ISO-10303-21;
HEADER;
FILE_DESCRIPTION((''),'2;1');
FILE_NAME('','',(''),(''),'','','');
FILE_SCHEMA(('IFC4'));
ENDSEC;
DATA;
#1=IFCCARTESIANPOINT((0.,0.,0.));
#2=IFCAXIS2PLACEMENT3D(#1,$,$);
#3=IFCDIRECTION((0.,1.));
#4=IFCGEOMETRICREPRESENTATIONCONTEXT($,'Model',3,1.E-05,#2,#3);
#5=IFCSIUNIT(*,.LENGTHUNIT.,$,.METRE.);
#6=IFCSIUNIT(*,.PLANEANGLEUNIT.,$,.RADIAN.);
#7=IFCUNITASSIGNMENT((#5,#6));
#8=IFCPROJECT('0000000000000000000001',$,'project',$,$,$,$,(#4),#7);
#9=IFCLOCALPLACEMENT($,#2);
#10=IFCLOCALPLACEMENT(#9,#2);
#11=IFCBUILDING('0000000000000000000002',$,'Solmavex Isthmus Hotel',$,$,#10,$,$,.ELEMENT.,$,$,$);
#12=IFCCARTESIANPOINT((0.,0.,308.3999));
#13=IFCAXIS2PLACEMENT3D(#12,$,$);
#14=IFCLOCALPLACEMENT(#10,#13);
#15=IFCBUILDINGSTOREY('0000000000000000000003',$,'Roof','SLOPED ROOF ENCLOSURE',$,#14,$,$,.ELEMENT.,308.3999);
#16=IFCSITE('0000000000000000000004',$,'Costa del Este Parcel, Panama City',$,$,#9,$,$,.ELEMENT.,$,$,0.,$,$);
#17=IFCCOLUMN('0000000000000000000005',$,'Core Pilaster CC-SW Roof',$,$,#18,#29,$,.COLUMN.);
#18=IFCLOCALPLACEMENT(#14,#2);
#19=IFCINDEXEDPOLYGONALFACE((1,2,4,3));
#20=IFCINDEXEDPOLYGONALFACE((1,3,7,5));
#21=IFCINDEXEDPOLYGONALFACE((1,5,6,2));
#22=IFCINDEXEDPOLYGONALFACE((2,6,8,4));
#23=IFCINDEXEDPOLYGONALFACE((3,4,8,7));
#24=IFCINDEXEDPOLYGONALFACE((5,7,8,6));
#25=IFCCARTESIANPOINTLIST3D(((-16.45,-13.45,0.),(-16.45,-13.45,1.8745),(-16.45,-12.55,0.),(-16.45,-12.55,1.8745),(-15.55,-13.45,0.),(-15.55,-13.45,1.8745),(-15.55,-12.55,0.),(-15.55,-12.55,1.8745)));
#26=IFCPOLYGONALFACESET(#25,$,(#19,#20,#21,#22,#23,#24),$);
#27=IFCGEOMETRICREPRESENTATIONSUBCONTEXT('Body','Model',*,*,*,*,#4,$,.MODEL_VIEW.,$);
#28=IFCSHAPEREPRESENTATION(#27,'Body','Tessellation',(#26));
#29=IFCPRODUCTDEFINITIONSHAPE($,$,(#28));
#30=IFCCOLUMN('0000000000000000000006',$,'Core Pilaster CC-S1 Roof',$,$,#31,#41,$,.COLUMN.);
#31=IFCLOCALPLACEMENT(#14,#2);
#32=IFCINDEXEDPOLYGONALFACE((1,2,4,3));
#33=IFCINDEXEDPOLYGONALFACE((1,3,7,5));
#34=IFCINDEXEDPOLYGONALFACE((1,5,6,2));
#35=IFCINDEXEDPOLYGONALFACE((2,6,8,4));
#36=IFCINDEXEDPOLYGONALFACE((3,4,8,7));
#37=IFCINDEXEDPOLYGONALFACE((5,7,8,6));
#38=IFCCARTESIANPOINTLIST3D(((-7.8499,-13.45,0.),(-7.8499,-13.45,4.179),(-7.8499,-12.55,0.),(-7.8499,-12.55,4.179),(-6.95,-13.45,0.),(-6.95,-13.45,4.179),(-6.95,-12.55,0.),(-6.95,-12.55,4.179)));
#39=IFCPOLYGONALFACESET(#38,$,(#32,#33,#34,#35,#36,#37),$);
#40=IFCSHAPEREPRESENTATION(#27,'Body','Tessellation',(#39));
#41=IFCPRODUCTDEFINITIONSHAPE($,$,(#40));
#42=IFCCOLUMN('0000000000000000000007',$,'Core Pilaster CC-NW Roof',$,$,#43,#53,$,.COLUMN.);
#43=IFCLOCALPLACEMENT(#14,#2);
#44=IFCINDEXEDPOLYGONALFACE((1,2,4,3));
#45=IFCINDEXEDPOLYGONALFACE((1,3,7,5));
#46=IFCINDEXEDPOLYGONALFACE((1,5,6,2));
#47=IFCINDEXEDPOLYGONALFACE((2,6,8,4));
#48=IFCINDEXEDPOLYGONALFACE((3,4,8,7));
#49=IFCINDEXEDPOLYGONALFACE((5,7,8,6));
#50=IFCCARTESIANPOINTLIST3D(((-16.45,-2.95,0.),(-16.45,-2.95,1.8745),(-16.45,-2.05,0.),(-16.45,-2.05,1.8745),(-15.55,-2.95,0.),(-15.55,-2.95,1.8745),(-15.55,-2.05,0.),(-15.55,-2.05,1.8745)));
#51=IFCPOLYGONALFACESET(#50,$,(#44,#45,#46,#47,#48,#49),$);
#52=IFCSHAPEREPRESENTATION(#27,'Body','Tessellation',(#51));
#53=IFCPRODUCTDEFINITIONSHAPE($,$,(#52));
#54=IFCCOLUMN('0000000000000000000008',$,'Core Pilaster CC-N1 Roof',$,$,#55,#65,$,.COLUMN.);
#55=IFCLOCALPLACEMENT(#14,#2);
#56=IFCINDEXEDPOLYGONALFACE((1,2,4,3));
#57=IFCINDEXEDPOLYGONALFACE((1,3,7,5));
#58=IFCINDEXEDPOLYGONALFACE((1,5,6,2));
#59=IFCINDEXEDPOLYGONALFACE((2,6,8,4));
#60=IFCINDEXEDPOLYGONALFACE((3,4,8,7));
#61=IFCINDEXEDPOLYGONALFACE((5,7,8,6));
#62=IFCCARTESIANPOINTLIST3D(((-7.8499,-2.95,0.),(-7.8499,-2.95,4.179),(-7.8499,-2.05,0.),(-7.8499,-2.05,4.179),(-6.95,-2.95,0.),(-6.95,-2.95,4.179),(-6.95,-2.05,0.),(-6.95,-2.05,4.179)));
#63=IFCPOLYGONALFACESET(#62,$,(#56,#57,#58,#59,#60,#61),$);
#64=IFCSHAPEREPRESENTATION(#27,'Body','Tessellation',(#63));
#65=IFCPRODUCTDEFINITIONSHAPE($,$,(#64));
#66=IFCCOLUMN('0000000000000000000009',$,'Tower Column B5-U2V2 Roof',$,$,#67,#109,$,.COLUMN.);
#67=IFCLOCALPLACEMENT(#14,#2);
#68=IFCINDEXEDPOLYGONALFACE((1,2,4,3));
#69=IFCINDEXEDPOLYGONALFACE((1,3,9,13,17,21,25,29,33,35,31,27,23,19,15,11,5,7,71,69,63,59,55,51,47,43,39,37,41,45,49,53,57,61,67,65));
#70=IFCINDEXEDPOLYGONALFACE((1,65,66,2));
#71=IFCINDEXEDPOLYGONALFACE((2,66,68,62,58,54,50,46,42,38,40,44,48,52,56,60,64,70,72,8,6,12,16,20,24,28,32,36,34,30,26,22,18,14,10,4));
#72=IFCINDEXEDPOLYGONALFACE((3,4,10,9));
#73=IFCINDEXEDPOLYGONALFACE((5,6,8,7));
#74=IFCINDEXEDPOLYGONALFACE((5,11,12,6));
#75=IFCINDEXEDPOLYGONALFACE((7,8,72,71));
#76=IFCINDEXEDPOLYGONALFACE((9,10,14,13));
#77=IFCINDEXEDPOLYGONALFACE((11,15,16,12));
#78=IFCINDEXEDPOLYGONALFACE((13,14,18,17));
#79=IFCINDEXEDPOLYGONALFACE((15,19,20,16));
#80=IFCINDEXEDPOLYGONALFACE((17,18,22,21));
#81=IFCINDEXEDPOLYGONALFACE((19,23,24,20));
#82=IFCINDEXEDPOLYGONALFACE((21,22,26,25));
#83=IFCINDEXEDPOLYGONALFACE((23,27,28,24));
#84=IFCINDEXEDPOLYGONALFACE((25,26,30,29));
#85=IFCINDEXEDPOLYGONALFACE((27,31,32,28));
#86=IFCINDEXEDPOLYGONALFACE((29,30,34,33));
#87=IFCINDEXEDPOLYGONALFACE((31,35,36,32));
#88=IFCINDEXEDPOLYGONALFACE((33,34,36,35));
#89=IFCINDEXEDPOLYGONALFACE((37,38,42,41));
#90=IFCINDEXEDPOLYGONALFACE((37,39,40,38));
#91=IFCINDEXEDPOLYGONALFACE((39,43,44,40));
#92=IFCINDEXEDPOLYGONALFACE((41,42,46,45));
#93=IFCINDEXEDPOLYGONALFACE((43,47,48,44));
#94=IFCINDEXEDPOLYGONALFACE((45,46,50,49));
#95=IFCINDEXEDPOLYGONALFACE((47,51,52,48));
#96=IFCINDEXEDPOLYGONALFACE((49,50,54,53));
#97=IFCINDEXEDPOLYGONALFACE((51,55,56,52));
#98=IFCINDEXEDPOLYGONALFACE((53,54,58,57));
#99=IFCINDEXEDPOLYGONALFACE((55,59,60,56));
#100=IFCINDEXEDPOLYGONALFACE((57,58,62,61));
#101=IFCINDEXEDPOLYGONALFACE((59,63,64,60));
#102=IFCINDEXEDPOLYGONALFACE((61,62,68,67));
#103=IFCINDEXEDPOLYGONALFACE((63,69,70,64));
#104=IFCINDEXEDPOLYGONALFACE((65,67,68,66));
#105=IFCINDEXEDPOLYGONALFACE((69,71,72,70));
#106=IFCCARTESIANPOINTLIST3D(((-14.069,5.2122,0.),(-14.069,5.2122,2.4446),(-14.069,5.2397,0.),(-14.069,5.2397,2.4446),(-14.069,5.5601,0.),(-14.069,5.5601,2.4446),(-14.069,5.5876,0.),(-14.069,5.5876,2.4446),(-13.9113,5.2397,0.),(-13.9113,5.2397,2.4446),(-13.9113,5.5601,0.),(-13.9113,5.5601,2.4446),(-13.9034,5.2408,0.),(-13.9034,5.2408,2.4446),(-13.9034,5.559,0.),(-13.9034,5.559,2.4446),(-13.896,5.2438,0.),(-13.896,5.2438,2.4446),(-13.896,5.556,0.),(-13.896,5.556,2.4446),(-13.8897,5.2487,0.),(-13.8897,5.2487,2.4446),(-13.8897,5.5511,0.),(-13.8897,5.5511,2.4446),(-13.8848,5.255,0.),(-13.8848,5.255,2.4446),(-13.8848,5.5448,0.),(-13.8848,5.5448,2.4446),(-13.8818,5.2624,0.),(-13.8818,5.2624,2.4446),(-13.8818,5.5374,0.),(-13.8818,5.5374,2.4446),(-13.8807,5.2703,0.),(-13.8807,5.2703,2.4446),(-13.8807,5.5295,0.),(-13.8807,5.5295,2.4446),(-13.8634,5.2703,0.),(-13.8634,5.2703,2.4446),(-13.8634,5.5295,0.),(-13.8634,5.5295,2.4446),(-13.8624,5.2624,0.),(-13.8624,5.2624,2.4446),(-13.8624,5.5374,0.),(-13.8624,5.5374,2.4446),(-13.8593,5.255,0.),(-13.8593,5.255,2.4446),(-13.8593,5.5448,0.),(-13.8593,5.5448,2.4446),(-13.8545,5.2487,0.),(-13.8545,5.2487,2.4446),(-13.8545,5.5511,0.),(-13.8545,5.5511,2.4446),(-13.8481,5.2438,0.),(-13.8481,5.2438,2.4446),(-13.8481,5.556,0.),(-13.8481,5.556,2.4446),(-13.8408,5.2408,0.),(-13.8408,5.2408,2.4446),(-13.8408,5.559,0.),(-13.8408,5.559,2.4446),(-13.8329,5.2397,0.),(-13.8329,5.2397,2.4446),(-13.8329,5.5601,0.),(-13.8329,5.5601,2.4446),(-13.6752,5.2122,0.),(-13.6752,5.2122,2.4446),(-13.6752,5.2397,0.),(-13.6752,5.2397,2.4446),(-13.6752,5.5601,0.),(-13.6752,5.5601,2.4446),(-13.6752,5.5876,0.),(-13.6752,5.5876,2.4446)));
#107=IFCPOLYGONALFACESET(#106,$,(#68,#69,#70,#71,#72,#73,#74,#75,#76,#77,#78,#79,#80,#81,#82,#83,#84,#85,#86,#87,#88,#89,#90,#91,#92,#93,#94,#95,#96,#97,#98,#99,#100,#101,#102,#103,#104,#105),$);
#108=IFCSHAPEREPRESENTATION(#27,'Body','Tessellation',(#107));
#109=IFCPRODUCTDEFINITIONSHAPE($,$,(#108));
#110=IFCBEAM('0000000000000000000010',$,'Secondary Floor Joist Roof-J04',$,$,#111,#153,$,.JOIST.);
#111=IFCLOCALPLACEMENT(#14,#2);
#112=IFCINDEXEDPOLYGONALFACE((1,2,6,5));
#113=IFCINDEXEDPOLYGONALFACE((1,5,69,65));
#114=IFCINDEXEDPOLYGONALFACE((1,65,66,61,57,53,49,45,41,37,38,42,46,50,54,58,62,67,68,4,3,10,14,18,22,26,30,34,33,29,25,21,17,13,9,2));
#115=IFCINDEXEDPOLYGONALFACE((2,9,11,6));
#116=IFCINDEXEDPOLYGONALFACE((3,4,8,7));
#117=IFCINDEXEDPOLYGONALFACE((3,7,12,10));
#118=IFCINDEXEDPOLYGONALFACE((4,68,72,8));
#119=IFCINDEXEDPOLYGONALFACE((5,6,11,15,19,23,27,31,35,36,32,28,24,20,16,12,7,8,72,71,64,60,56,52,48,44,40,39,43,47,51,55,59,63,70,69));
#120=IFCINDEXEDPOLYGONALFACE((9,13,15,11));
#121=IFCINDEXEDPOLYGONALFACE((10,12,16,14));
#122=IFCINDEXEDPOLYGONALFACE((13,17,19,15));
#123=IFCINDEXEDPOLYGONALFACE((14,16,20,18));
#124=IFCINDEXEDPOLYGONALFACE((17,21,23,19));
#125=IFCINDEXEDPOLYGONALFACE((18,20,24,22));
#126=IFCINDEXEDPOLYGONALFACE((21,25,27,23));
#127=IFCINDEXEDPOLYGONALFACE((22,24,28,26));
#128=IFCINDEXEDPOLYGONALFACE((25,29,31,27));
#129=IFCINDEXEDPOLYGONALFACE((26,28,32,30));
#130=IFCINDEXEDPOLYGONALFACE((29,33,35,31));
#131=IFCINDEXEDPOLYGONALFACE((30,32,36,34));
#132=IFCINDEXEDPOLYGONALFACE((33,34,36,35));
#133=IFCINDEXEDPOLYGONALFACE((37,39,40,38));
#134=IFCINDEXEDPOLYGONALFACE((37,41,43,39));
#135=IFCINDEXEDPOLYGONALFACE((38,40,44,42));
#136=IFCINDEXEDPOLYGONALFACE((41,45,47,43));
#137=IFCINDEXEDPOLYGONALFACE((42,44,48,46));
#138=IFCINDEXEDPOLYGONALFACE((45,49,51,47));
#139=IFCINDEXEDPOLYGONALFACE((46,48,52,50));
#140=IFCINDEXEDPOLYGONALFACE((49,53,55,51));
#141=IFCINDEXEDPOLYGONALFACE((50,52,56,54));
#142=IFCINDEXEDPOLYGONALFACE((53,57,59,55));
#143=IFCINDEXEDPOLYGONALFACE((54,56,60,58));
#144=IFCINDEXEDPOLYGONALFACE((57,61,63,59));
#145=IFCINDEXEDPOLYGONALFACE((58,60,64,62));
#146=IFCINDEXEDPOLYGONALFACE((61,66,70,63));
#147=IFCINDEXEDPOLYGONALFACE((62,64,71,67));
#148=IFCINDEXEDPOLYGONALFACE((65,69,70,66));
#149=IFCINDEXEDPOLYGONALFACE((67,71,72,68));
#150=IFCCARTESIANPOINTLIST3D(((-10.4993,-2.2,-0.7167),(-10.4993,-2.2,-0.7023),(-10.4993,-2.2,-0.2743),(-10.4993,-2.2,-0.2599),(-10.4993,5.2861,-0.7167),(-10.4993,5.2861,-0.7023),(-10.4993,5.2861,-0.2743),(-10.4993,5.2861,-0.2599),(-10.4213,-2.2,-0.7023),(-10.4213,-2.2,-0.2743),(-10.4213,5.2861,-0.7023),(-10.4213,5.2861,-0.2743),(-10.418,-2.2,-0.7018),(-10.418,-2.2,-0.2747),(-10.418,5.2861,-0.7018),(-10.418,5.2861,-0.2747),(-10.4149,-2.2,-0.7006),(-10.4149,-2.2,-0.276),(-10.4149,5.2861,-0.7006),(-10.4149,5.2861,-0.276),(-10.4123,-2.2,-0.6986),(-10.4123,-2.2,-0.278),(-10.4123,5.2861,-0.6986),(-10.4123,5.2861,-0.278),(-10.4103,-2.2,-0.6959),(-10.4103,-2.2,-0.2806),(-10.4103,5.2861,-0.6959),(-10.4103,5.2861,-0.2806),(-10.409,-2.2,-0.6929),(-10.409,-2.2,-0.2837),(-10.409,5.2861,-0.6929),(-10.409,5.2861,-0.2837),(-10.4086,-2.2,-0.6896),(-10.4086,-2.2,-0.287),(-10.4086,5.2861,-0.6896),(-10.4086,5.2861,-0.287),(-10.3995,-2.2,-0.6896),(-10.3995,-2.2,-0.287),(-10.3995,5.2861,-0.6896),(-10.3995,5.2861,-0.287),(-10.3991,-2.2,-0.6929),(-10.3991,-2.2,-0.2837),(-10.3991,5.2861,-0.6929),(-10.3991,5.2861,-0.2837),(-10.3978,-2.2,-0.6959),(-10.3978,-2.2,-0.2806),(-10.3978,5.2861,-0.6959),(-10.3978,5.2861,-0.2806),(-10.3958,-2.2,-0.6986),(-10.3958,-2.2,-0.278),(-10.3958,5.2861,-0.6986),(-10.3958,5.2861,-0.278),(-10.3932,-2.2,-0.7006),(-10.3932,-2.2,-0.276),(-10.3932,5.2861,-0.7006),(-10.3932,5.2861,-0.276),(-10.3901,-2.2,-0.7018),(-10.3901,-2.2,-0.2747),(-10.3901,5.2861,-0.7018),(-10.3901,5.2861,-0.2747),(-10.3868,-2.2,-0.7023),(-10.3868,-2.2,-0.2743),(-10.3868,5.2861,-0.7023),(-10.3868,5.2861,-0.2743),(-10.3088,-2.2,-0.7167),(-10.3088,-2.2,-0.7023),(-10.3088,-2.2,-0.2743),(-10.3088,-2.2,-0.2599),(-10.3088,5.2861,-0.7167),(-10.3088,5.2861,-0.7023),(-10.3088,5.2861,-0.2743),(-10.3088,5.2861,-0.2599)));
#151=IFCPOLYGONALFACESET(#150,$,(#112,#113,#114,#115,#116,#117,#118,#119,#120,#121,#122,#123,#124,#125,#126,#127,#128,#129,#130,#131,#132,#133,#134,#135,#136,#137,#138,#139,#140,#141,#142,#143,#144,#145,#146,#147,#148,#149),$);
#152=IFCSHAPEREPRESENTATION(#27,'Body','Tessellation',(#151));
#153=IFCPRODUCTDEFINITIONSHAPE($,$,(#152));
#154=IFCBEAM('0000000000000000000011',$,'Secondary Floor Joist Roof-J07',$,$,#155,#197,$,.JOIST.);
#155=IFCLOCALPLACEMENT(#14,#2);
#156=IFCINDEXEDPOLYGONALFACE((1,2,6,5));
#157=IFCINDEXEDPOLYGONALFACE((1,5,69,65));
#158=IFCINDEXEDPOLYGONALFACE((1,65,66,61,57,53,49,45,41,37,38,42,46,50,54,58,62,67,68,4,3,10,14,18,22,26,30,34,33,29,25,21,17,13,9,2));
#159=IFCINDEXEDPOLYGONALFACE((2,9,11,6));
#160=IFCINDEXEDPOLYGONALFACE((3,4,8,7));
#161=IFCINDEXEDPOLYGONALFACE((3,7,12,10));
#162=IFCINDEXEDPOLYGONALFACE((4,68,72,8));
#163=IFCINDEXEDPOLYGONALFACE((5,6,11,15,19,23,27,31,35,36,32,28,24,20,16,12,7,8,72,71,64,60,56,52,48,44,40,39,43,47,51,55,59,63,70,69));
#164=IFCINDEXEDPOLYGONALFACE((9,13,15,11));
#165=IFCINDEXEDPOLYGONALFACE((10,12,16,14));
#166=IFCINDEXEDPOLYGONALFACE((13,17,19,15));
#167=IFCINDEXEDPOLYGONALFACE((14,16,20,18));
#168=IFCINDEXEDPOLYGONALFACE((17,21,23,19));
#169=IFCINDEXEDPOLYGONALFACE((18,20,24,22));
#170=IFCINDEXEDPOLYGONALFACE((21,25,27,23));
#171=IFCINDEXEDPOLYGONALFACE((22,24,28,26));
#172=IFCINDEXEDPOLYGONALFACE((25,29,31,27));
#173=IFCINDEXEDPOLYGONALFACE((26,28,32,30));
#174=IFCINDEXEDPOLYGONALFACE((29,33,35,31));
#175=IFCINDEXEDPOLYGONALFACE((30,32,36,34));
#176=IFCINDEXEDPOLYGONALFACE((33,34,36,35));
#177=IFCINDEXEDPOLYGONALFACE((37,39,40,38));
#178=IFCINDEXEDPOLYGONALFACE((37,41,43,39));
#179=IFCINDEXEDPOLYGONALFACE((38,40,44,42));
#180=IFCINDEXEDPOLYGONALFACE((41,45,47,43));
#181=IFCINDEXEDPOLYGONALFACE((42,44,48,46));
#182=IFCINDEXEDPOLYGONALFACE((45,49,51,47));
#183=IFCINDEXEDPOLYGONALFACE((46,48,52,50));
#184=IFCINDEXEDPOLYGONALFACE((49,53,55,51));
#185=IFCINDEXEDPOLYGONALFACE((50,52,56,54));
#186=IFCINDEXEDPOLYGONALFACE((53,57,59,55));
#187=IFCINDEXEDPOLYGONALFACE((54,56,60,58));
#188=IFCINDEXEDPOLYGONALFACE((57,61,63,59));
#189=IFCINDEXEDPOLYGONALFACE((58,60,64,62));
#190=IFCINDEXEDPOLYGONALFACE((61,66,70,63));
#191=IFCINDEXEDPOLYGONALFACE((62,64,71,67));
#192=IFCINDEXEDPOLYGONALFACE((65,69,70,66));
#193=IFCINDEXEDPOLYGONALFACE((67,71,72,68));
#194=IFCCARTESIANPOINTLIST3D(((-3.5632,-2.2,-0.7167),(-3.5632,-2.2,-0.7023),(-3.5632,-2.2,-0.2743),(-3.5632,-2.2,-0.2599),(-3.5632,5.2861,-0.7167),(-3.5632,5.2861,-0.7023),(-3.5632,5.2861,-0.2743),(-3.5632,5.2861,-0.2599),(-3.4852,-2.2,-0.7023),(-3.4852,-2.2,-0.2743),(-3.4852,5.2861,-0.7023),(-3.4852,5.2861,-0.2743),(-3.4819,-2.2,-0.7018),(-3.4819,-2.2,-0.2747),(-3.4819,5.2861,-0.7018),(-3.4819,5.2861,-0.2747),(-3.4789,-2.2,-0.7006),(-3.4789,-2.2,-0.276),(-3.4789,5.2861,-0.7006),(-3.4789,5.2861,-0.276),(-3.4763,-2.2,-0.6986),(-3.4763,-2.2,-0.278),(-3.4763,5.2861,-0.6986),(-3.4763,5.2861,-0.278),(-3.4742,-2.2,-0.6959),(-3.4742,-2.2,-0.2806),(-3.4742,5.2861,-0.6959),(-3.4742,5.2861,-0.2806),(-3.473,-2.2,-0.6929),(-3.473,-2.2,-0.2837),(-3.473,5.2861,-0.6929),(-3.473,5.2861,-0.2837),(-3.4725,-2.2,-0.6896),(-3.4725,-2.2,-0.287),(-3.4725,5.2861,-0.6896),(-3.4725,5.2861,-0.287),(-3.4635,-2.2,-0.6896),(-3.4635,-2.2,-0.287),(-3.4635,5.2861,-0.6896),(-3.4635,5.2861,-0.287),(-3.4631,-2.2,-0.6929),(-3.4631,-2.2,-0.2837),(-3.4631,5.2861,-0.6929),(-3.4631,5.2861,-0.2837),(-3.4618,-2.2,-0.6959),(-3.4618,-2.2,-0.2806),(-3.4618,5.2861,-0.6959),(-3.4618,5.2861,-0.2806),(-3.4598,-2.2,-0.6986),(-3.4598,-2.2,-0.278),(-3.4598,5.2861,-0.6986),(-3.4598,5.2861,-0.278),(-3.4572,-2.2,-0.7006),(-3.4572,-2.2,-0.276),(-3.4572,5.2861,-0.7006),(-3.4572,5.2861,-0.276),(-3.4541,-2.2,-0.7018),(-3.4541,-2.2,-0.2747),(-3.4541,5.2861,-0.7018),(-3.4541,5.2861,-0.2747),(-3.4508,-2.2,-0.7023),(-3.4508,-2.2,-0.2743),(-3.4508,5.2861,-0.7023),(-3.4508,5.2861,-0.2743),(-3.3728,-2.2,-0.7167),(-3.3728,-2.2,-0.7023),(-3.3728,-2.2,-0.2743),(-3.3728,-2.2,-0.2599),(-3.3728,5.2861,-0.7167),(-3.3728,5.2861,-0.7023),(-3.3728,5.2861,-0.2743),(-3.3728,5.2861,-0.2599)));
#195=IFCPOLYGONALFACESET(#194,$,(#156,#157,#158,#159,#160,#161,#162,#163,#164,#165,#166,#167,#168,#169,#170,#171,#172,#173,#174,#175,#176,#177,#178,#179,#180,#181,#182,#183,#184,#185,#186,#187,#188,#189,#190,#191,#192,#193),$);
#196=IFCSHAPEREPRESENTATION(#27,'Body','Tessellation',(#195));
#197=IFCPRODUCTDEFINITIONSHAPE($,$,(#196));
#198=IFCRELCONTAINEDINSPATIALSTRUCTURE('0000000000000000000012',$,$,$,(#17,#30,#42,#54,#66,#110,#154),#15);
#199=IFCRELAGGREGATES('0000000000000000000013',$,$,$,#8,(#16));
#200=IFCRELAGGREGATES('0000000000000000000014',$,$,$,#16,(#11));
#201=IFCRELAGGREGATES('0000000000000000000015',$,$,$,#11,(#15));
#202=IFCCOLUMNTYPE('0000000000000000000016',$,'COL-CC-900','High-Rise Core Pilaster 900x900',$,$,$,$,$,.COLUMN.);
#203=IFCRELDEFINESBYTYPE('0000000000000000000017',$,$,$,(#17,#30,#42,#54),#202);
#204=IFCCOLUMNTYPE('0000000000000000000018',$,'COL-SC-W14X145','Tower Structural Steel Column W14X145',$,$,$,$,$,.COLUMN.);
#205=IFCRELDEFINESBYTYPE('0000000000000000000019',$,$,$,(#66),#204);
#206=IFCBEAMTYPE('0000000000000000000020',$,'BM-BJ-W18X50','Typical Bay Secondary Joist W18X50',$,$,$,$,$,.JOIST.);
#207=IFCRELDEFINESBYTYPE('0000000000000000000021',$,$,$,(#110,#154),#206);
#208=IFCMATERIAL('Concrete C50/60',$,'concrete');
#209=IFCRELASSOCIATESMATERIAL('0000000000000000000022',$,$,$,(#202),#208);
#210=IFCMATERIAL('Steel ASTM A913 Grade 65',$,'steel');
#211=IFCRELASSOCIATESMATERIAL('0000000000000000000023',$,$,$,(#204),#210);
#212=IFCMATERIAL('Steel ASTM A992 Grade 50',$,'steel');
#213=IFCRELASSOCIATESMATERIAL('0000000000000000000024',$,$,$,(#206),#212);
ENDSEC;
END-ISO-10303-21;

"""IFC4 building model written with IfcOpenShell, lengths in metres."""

from ifc_helpers import new_model, si_unit, direction, frame, origin, origin_2d, place, context, subcontext, project, spatial, rectangle, i_section, extrude, material, material_profile, profile_set, type_object, element, save


model = new_model("IFC4")

# Units and contexts
model_context = context("Model", 3, precision=1e-05, world=origin(), true_north=direction((0.0, 1.0)))
body_context = subcontext(model_context, "Body", "Model", "MODEL_VIEW")
ifc_project = project(units=[si_unit("LENGTHUNIT", "METRE"), si_unit("PLANEANGLEUNIT", "RADIAN")], contexts=[model_context])

# Site, building, storey
site_placement = place(None, origin())
site = spatial("IfcSite", under=ifc_project, at=site_placement, Name="Costa del Este Parcel, Panama City", CompositionType="ELEMENT", RefElevation=0.0)
building_placement = place(site_placement, origin())
building = spatial("IfcBuilding", under=site, at=building_placement, Name="Solmavex Isthmus Hotel", CompositionType="ELEMENT")
storey_placement = place(building_placement, frame((0.0, 0.0, 308.3999)))
storey = spatial("IfcBuildingStorey", under=building, at=storey_placement, Name="Roof", Description="SLOPED ROOF ENCLOSURE", CompositionType="ELEMENT", Elevation=308.3999)

# Columns
ifc_material_1 = material(Name="Concrete C50/60", Category="concrete")
ifc_material_profile_1 = material_profile(ifc_material_1, rectangle(XDim=0.8999, YDim=0.8999, at=origin_2d()), Name="RC900X900")
ifc_profile_set_1 = profile_set([ifc_material_profile_1], Name="Concrete C50/60")
column_type_1 = type_object("IfcColumnType", Name="COL-CC-900", Description="High-Rise Core Pilaster 900x900", PredefinedType="COLUMN", material=ifc_profile_set_1)
column_1_placement = place(storey_placement, frame((-16.0, -13.0, 0.0), z_axis=(0.0, 0.0, 1.0), x_axis=(1.0, 0.0, 0.0)))
element("IfcColumn", 1, at=column_1_placement, inside=storey, type_object=column_type_1, Name="Core Pilaster CC-SW Roof", PredefinedType="COLUMN", context=body_context, shape_type="SweptSolid", body=[
    extrude(rectangle(XDim=0.8999, YDim=0.8999, at=origin_2d()), origin(), (0.0, 0.0, 1.0), 1.8745),
])
column_2_placement = place(storey_placement, frame((-7.3999, -13.0, 0.0), z_axis=(0.0, 0.0, 1.0), x_axis=(1.0, 0.0, 0.0)))
element("IfcColumn", 2, at=column_2_placement, inside=storey, type_object=column_type_1, Name="Core Pilaster CC-S1 Roof", PredefinedType="COLUMN", context=body_context, shape_type="SweptSolid", body=[
    extrude(rectangle(XDim=0.8999, YDim=0.8999, at=origin_2d()), origin(), (0.0, 0.0, 1.0), 4.179),
])
column_3_placement = place(storey_placement, frame((-16.0, -2.5, 0.0), z_axis=(0.0, 0.0, 1.0), x_axis=(1.0, 0.0, 0.0)))
element("IfcColumn", 3, at=column_3_placement, inside=storey, type_object=column_type_1, Name="Core Pilaster CC-NW Roof", PredefinedType="COLUMN", context=body_context, shape_type="SweptSolid", body=[
    extrude(rectangle(XDim=0.8999, YDim=0.8999, at=origin_2d()), origin(), (0.0, 0.0, 1.0), 1.8745),
])
column_4_placement = place(storey_placement, frame((-7.3999, -2.5, 0.0), z_axis=(0.0, 0.0, 1.0), x_axis=(1.0, 0.0, 0.0)))
element("IfcColumn", 4, at=column_4_placement, inside=storey, type_object=column_type_1, Name="Core Pilaster CC-N1 Roof", PredefinedType="COLUMN", context=body_context, shape_type="SweptSolid", body=[
    extrude(rectangle(XDim=0.8999, YDim=0.8999, at=origin_2d()), origin(), (0.0, 0.0, 1.0), 4.179),
])
ifc_material_2 = material(Name="Steel ASTM A913 Grade 65", Category="steel")
ifc_material_profile_2 = material_profile(ifc_material_2, i_section(OverallWidth=0.3938, OverallDepth=0.3755, WebThickness=0.0173, FlangeThickness=0.0276, FilletRadius=0.0305, at=origin_2d()), Name="W14X145")
ifc_profile_set_2 = profile_set([ifc_material_profile_2], Name="Steel ASTM A913 Grade 65")
column_type_2 = type_object("IfcColumnType", Name="COL-SC-W14X145", Description="Tower Structural Steel Column W14X145", PredefinedType="COLUMN", material=ifc_profile_set_2)
column_5_placement = place(storey_placement, frame((-13.8721, 5.3999, 0.0), z_axis=(0.0, 0.0, 1.0), x_axis=(1.0, 0.0, 0.0)))
element("IfcColumn", 5, at=column_5_placement, inside=storey, type_object=column_type_2, Name="Tower Column B5-U2V2 Roof", PredefinedType="COLUMN", context=body_context, shape_type="SweptSolid", body=[
    extrude(i_section(OverallWidth=0.3938, OverallDepth=0.3755, WebThickness=0.0173, FlangeThickness=0.0276, FilletRadius=0.0305, at=origin_2d()), origin(), (0.0, 0.0, 1.0), 2.4446),
])

# Beams
ifc_material_3 = material(Name="Steel ASTM A992 Grade 50", Category="steel")
ifc_material_profile_3 = material_profile(ifc_material_3, i_section(OverallWidth=0.1904, OverallDepth=0.4568, WebThickness=0.009, FlangeThickness=0.0144, FilletRadius=0.0127, at=origin_2d()), Name="W18X50")
ifc_profile_set_3 = profile_set([ifc_material_profile_3], Name="Steel ASTM A992 Grade 50")
beam_type_1 = type_object("IfcBeamType", Name="BM-BJ-W18X50", Description="Typical Bay Secondary Joist W18X50", PredefinedType="JOIST", material=ifc_profile_set_3)
for number, where, z_axis, x_axis, name in (
    (6, (-10.4041, -2.2, -0.4883), (0.0, 1.0, 0.0), (-1.0, 0.0, 0.0), "Secondary Floor Joist Roof-J04"),
    (7, (-3.468, -2.2, -0.4883), (0.0, 1.0, 0.0), (-1.0, 0.0, 0.0), "Secondary Floor Joist Roof-J07"),
):
    element("IfcBeam", number, at=place(storey_placement, frame(where, z_axis=z_axis, x_axis=x_axis)), inside=storey, type_object=beam_type_1, Name=name, PredefinedType="JOIST", context=body_context, shape_type="SweptSolid", body=[
        extrude(i_section(OverallWidth=0.1904, OverallDepth=0.4568, WebThickness=0.009, FlangeThickness=0.0144, FilletRadius=0.0127, at=origin_2d()), origin(), (0.0, 0.0, 1.0), 7.4861),
    ])

save(model, "model.ifc")
